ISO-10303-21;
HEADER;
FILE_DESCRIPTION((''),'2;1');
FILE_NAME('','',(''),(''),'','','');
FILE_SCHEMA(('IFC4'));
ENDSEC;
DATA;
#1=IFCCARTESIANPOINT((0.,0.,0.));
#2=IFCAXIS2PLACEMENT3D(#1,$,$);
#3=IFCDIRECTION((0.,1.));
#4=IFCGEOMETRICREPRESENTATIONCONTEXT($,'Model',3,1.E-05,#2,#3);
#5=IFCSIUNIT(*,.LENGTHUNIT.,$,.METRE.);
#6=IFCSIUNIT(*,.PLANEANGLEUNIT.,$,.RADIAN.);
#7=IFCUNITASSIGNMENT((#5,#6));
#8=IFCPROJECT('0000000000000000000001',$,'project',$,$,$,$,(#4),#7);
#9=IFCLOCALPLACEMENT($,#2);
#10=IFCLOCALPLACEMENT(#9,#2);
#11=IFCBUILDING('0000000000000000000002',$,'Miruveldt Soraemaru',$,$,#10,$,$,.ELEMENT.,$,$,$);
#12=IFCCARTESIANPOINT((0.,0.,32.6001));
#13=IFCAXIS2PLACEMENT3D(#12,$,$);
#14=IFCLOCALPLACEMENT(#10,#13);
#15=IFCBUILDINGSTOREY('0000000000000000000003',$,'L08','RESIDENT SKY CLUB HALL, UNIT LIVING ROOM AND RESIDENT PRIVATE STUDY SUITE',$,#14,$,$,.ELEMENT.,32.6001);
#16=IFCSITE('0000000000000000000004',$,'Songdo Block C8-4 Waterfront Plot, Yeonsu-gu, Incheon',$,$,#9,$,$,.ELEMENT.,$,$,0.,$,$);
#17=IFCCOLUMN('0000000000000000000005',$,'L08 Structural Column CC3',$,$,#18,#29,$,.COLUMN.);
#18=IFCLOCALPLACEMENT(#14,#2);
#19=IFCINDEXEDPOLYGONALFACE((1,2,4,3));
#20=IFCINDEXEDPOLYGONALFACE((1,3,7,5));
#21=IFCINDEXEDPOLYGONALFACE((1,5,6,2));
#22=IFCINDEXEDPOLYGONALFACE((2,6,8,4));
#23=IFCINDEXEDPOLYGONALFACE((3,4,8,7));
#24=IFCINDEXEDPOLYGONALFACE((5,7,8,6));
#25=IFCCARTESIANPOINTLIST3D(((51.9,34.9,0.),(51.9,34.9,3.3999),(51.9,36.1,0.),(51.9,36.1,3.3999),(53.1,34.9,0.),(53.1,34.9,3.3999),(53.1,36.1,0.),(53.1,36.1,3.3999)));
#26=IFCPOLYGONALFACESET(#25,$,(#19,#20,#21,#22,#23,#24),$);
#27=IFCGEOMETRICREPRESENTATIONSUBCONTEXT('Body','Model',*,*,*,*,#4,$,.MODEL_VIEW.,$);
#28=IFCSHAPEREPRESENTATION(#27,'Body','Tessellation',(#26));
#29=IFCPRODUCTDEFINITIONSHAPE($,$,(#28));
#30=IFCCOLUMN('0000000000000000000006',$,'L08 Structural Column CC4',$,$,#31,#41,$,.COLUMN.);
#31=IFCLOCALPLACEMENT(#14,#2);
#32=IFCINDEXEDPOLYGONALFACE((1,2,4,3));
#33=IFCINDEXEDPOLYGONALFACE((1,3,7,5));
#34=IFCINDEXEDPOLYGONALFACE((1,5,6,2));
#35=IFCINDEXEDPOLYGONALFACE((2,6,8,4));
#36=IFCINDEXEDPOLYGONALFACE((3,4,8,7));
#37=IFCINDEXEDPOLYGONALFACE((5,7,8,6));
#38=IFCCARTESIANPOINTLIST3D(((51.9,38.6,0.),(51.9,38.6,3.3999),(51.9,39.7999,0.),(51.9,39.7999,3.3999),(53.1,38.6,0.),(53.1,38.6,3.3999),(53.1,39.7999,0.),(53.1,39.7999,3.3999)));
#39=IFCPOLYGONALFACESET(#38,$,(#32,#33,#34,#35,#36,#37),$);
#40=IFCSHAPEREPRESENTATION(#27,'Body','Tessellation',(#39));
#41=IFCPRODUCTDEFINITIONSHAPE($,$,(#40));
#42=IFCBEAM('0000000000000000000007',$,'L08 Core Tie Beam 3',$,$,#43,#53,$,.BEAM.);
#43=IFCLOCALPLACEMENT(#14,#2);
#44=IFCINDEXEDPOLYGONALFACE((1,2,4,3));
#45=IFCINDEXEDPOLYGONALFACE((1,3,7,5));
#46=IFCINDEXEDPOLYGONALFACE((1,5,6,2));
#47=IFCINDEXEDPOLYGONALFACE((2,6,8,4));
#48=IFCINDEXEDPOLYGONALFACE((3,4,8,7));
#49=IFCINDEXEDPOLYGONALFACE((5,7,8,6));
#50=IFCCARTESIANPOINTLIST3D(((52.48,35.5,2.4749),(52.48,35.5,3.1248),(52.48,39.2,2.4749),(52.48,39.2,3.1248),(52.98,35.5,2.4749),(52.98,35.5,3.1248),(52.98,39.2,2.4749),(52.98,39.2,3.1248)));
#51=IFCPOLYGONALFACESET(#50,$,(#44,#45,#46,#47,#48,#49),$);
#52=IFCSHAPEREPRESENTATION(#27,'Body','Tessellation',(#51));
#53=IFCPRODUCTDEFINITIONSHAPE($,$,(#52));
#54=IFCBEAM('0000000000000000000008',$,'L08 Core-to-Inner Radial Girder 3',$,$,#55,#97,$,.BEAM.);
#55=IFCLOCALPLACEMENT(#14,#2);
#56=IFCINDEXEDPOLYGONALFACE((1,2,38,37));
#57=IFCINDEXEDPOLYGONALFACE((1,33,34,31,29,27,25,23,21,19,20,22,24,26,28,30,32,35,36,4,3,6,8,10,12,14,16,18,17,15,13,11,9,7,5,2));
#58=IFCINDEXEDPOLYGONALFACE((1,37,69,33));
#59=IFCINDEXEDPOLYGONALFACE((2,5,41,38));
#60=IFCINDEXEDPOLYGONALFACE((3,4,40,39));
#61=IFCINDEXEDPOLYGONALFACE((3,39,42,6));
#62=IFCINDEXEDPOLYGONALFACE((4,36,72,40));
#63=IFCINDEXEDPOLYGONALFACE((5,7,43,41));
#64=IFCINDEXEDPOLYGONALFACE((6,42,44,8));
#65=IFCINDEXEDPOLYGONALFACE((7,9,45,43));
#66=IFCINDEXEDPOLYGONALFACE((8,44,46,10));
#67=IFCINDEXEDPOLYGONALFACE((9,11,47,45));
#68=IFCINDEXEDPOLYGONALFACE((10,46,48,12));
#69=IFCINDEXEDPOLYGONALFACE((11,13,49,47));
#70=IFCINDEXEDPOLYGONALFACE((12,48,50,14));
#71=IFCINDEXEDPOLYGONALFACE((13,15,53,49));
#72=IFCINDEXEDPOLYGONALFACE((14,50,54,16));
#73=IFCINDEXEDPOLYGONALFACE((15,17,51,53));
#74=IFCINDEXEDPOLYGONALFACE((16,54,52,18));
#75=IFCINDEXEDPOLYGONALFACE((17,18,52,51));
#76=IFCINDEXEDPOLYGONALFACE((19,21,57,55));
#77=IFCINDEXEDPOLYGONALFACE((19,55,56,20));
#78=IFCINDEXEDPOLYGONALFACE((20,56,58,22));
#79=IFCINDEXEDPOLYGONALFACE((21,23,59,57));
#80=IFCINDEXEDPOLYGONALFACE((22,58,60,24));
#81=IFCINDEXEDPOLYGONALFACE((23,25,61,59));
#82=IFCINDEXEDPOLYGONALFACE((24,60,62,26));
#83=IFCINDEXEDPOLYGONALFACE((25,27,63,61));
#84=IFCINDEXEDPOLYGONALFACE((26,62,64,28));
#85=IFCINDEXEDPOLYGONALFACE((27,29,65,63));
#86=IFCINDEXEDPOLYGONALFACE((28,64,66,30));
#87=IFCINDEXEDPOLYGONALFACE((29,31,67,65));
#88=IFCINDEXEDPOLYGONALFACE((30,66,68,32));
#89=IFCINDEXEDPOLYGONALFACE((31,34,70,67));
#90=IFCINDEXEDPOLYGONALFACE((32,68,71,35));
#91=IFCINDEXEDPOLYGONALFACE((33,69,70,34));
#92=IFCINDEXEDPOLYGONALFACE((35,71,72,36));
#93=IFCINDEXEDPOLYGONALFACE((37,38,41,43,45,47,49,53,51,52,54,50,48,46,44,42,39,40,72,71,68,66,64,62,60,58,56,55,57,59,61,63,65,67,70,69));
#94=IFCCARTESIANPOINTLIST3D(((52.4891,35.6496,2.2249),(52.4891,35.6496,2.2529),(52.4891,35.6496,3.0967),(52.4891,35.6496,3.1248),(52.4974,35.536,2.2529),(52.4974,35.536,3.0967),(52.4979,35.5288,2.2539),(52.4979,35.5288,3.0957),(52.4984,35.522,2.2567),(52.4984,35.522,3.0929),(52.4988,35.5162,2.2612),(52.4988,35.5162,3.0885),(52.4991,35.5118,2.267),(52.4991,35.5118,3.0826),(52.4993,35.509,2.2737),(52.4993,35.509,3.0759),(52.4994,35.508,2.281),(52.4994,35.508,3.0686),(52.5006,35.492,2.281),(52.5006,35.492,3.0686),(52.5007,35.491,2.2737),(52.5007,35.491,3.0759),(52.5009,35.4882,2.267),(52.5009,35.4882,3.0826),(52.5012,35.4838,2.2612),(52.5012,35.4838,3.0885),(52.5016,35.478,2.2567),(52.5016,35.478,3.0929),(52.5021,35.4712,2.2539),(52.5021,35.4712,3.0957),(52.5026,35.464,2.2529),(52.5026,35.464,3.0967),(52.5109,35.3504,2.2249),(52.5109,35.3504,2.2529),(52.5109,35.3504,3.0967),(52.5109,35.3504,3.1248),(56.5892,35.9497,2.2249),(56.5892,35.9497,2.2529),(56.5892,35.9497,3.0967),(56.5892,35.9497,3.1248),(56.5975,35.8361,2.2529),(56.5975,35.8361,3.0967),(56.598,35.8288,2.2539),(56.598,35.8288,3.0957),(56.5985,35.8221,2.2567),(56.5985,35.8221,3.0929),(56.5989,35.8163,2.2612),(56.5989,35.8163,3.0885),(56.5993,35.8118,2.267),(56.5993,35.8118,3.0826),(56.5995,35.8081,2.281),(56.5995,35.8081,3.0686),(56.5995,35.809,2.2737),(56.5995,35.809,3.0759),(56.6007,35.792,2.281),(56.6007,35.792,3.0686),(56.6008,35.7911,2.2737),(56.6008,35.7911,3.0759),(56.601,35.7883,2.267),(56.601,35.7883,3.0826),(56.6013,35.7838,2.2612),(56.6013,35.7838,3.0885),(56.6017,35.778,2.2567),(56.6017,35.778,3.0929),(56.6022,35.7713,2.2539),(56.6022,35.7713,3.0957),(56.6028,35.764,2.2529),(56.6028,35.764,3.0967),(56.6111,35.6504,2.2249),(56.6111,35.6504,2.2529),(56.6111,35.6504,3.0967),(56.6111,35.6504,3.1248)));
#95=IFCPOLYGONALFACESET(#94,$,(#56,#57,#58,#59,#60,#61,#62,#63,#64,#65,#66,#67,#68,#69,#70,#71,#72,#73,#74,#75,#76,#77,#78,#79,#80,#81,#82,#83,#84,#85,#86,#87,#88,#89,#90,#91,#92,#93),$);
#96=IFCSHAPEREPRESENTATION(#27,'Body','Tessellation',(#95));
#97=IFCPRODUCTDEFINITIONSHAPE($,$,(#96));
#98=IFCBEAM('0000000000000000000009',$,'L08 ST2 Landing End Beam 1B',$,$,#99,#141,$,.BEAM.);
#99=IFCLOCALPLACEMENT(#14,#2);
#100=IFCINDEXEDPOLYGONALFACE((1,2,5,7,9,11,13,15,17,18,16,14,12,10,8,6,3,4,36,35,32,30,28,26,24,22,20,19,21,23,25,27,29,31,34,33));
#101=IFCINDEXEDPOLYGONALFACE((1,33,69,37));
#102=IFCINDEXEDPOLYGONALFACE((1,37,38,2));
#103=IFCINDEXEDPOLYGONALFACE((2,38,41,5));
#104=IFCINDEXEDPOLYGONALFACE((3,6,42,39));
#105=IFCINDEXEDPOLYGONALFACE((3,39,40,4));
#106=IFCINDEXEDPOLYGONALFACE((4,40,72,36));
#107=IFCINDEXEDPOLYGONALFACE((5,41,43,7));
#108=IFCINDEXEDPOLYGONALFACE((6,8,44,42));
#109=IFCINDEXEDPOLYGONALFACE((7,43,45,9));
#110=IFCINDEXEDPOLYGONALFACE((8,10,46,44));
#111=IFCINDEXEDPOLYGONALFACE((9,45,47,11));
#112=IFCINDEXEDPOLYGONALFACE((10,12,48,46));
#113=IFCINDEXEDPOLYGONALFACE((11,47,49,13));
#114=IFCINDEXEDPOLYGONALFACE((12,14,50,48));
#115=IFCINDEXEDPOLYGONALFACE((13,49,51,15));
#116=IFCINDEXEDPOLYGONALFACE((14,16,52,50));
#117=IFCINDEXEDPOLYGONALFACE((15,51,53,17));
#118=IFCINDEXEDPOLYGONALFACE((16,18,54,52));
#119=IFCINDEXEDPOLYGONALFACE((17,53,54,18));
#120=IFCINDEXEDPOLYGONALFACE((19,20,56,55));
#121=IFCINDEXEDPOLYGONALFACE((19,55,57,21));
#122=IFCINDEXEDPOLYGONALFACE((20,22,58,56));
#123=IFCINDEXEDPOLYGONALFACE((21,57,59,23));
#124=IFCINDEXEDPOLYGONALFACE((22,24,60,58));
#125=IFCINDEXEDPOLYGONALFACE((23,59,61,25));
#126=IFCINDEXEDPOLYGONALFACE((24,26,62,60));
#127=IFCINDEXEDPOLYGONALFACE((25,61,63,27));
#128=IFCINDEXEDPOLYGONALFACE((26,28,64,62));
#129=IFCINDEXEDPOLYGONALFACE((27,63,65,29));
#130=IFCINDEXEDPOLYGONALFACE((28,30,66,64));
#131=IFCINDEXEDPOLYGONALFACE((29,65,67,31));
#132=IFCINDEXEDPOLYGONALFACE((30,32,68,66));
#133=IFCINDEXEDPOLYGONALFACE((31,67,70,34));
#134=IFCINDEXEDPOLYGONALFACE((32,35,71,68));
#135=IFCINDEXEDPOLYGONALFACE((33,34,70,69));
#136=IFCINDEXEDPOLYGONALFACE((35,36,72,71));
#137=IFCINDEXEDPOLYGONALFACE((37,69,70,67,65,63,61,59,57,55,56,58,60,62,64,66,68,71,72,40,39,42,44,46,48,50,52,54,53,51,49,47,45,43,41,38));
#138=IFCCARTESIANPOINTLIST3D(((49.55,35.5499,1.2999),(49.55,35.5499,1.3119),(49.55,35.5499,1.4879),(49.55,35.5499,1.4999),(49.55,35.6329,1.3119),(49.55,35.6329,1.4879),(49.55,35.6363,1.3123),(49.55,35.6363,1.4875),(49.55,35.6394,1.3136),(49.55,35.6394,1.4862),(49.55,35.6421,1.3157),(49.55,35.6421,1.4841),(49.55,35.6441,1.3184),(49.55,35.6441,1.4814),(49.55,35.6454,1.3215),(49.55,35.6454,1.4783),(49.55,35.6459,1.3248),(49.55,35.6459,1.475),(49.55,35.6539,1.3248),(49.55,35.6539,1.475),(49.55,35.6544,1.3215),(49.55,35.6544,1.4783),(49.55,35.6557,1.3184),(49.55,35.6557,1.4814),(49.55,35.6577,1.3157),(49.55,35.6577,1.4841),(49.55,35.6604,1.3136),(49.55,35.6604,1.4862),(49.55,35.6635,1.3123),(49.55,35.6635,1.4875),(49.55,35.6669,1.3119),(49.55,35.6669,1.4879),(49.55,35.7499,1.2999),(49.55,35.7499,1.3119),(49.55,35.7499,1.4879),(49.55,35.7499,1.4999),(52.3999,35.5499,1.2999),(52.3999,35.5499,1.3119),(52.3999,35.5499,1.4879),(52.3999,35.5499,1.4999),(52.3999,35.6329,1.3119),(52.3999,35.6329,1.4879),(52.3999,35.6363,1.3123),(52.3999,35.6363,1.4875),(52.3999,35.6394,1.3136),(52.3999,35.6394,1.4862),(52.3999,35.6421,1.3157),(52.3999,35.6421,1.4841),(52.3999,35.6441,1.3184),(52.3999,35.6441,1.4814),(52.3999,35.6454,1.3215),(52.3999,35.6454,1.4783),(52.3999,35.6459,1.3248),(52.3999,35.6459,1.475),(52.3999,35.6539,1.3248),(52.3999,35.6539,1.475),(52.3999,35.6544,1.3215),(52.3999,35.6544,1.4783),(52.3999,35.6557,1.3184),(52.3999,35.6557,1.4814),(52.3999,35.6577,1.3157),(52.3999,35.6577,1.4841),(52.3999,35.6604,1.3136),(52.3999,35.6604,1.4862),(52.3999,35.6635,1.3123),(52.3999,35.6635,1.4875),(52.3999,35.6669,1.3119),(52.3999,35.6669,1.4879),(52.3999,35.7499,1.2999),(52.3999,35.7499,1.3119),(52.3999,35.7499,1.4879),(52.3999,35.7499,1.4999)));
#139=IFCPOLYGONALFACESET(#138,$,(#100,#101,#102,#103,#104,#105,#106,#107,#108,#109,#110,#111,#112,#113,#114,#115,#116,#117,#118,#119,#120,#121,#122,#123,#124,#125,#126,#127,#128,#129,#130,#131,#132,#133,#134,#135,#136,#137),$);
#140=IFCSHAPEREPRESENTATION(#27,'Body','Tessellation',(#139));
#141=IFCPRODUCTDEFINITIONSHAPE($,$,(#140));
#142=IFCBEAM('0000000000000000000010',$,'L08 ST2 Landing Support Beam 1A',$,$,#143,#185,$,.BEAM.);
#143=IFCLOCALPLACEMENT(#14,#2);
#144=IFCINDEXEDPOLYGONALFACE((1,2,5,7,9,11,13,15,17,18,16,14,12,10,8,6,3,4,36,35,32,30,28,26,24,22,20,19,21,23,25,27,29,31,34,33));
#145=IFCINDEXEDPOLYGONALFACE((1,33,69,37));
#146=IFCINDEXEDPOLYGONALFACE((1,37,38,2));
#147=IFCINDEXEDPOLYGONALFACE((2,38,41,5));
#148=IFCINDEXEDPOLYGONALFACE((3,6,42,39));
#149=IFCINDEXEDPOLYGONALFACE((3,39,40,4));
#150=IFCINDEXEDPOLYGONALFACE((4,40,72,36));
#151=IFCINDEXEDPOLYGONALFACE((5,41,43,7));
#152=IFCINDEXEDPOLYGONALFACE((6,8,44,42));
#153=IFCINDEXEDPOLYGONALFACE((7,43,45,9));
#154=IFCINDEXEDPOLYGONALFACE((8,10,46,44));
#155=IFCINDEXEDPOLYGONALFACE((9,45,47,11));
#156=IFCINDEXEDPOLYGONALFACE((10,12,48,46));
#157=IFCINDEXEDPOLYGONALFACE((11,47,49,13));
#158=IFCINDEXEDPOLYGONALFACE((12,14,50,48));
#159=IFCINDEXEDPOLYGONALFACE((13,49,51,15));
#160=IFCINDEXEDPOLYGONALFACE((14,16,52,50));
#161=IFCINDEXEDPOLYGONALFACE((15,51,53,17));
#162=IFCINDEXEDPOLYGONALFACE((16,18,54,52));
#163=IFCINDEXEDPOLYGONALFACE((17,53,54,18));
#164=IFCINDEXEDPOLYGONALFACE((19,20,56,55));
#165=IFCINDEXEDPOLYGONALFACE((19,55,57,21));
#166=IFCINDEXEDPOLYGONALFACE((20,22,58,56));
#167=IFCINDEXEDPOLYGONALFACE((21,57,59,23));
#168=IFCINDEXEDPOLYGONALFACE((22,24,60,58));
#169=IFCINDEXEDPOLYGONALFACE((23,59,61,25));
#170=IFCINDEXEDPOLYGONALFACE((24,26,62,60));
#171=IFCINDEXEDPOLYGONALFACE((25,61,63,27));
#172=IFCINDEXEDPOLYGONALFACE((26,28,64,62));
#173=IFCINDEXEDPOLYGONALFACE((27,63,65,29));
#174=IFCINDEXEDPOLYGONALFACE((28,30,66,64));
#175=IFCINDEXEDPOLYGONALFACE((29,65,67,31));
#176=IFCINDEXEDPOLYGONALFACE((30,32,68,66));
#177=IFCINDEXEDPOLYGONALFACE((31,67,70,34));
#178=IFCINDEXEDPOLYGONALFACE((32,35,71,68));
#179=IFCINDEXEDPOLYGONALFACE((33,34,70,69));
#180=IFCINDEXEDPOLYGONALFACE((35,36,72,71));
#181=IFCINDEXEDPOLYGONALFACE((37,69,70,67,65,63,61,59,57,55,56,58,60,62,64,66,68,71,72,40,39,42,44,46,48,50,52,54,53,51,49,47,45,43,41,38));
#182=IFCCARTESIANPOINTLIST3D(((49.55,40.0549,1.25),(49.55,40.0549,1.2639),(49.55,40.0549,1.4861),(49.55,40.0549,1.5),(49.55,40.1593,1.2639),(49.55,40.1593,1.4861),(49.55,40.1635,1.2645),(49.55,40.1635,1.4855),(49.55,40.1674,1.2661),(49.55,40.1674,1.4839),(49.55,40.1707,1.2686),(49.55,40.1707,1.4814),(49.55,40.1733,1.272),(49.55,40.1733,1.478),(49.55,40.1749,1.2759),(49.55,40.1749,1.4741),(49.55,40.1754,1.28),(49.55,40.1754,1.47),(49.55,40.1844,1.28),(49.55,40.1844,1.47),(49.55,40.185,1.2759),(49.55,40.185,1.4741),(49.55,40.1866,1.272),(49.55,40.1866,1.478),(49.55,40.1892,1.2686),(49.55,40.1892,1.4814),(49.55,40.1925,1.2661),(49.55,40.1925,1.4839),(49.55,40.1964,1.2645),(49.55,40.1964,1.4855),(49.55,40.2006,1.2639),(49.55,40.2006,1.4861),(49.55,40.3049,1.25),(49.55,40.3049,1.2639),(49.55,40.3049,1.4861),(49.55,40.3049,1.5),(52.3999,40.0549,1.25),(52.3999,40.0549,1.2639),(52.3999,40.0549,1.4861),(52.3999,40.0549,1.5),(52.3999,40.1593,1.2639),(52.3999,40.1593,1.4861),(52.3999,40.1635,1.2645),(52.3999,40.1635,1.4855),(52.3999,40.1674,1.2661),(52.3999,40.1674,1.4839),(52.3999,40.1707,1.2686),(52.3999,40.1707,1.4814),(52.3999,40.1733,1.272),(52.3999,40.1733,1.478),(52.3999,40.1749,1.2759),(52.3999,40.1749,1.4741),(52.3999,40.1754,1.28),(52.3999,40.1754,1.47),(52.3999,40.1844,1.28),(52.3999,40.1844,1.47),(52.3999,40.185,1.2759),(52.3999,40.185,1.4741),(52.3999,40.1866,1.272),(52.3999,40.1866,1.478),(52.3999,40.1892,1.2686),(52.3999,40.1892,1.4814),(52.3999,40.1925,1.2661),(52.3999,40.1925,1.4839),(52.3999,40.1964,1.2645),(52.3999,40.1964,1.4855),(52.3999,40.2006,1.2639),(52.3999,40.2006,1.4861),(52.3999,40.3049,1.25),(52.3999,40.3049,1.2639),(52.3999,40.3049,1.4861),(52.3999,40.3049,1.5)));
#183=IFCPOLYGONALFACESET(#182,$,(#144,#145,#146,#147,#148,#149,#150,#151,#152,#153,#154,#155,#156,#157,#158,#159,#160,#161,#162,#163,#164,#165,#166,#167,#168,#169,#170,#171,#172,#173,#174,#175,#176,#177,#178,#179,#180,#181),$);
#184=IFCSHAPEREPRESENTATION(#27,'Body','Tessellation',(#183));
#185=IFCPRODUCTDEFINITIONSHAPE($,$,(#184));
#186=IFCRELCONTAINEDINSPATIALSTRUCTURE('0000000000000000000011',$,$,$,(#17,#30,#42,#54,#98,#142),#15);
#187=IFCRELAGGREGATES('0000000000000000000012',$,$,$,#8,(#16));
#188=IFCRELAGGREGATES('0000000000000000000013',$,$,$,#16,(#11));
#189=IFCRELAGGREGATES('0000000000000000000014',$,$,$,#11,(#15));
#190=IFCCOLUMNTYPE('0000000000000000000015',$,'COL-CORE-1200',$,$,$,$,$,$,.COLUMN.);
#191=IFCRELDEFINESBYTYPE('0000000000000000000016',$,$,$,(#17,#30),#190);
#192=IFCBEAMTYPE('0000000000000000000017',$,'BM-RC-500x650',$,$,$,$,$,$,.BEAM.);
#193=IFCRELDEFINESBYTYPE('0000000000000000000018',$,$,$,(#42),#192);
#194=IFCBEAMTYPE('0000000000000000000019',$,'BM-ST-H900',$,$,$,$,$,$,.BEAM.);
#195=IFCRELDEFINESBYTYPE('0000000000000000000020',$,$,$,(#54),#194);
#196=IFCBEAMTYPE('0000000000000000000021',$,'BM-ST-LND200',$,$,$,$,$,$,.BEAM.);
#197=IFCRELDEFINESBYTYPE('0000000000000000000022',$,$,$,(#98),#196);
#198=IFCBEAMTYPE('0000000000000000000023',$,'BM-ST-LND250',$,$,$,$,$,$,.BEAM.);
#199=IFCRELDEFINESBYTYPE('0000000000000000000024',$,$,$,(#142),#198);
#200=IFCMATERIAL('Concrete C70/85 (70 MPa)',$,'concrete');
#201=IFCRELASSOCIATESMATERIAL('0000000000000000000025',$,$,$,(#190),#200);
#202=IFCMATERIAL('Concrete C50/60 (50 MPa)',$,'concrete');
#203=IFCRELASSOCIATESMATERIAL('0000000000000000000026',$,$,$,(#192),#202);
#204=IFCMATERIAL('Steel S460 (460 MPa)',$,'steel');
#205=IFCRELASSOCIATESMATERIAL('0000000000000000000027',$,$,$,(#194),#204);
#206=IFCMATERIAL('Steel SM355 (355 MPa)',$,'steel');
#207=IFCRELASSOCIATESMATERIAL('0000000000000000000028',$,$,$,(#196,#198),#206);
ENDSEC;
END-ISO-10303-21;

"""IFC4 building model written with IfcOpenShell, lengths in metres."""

from ifc_helpers import new_model, si_unit, direction, frame, origin, origin_2d, place, context, subcontext, project, spatial, rectangle, i_section, extrude, material, material_profile, profile_set, type_object, element, save


model = new_model("IFC4")

# Units and contexts
model_context = context("Model", 3, precision=1e-05, world=origin(), true_north=direction((0.0, 1.0)))
body_context = subcontext(model_context, "Body", "Model", "MODEL_VIEW")
ifc_project = project(units=[si_unit("LENGTHUNIT", "METRE"), si_unit("PLANEANGLEUNIT", "RADIAN")], contexts=[model_context])

# Site, building, storey
site_placement = place(None, origin())
site = spatial("IfcSite", under=ifc_project, at=site_placement, Name="Songdo Block C8-4 Waterfront Plot, Yeonsu-gu, Incheon", CompositionType="ELEMENT", RefElevation=0.0)
building_placement = place(site_placement, origin())
building = spatial("IfcBuilding", under=site, at=building_placement, Name="Miruveldt Soraemaru", CompositionType="ELEMENT")
storey_placement = place(building_placement, frame((0.0, 0.0, 32.6001)))
storey = spatial("IfcBuildingStorey", under=building, at=storey_placement, Name="L08", Description="RESIDENT SKY CLUB HALL, UNIT LIVING ROOM AND RESIDENT PRIVATE STUDY SUITE", CompositionType="ELEMENT", Elevation=32.6001)

# Columns
ifc_material_1 = material(Name="Concrete C70/85 (70 MPa)", Category="concrete")
ifc_material_profile_1 = material_profile(ifc_material_1, rectangle(XDim=1.2, YDim=1.2, at=origin_2d()), Name="Concrete C70/85 (70 MPa)", Category="concrete")
ifc_profile_set_1 = profile_set([ifc_material_profile_1], Name="Concrete C70/85 (70 MPa)")
column_type = type_object("IfcColumnType", Name="COL-CORE-1200", PredefinedType="COLUMN", material=ifc_profile_set_1)
for number, where, z_axis, x_axis, name in (
    (1, (52.5, 35.5, 0.0), (0.0, 0.0, 1.0), (1.0, 0.0, 0.0), "L08 Structural Column CC3"),
    (2, (52.5, 39.2, 0.0), (0.0, 0.0, 1.0), (1.0, 0.0, 0.0), "L08 Structural Column CC4"),
):
    element("IfcColumn", number, at=place(storey_placement, frame(where, z_axis=z_axis, x_axis=x_axis)), inside=storey, type_object=column_type, Name=name, PredefinedType="COLUMN", context=body_context, shape_type="SweptSolid", body=[
        extrude(rectangle(XDim=1.2, YDim=1.2, at=origin_2d()), origin(), (0.0, 0.0, 1.0), 3.3999),
    ])

# Beams
ifc_material_2 = material(Name="Concrete C50/60 (50 MPa)", Category="concrete")
ifc_material_profile_2 = material_profile(ifc_material_2, rectangle(XDim=0.5, YDim=0.6499, at=origin_2d()), Name="Concrete C50/60 (50 MPa)", Category="concrete")
ifc_profile_set_2 = profile_set([ifc_material_profile_2], Name="Concrete C50/60 (50 MPa)")
beam_type_1 = type_object("IfcBeamType", Name="BM-RC-500x650", PredefinedType="BEAM", material=ifc_profile_set_2)
beam_1_placement = place(storey_placement, frame((52.73, 35.5, 2.7998), z_axis=(0.0, 1.0, 0.0), x_axis=(-1.0, 0.0, 0.0)))
element("IfcBeam", 3, at=beam_1_placement, inside=storey, type_object=beam_type_1, Name="L08 Core Tie Beam 3", PredefinedType="BEAM", context=body_context, shape_type="SweptSolid", body=[
    extrude(rectangle(XDim=0.5, YDim=0.6499, at=origin_2d()), origin(), (0.0, 0.0, 1.0), 3.7),
])
ifc_material_3 = material(Name="Steel S460 (460 MPa)", Category="steel")
ifc_material_profile_3 = material_profile(ifc_material_3, i_section(OverallWidth=0.3, OverallDepth=0.8999, WebThickness=0.0161, FlangeThickness=0.0281, FilletRadius=0.0281, at=origin_2d()), Name="Steel S460 (460 MPa)", Category="steel")
ifc_profile_set_3 = profile_set([ifc_material_profile_3], Name="Steel S460 (460 MPa)")
beam_type_2 = type_object("IfcBeamType", Name="BM-ST-H900", PredefinedType="BEAM", material=ifc_profile_set_3)
beam_2_placement = place(storey_placement, frame((52.5, 35.5, 2.6748), z_axis=(0.997333, 0.072986, 0.0), x_axis=(-0.072986, 0.997333, 0.0)))
element("IfcBeam", 4, at=beam_2_placement, inside=storey, type_object=beam_type_2, Name="L08 Core-to-Inner Radial Girder 3", PredefinedType="BEAM", context=body_context, shape_type="SweptSolid", body=[
    extrude(i_section(OverallWidth=0.3, OverallDepth=0.8999, WebThickness=0.0161, FlangeThickness=0.0281, FilletRadius=0.0281, at=origin_2d()), origin(), (0.0, 0.0, 1.0), 4.1111),
])
ifc_material_4 = material(Name="Steel SM355 (355 MPa)", Category="steel")
ifc_material_profile_4 = material_profile(ifc_material_4, i_section(OverallWidth=0.2, OverallDepth=0.2, WebThickness=0.0081, FlangeThickness=0.012, FilletRadius=0.0129, at=origin_2d()), Name="Steel SM355 (355 MPa)", Category="steel")
ifc_profile_set_4 = profile_set([ifc_material_profile_4], Name="Steel SM355 (355 MPa)")
beam_type_3 = type_object("IfcBeamType", Name="BM-ST-LND200", PredefinedType="BEAM", material=ifc_profile_set_4)
beam_3_placement = place(storey_placement, frame((49.55, 35.6499, 1.3999), z_axis=(1.0, 0.0, 0.0), x_axis=(0.0, 1.0, 0.0)))
element("IfcBeam", 5, at=beam_3_placement, inside=storey, type_object=beam_type_3, Name="L08 ST2 Landing End Beam 1B", PredefinedType="BEAM", context=body_context, shape_type="SweptSolid", body=[
    extrude(i_section(OverallWidth=0.2, OverallDepth=0.2, WebThickness=0.0081, FlangeThickness=0.012, FilletRadius=0.0129, at=origin_2d()), origin(), (0.0, 0.0, 1.0), 2.8499),
])
ifc_material_profile_5 = material_profile(ifc_material_4, i_section(OverallWidth=0.25, OverallDepth=0.25, WebThickness=0.009, FlangeThickness=0.0139, FilletRadius=0.0161, at=origin_2d()), Name="Steel SM355 (355 MPa)", Category="steel")
ifc_profile_set_5 = profile_set([ifc_material_profile_5], Name="Steel SM355 (355 MPa)")
beam_type_4 = type_object("IfcBeamType", Name="BM-ST-LND250", PredefinedType="BEAM", material=ifc_profile_set_5)
beam_4_placement = place(storey_placement, frame((49.55, 40.1799, 1.375), z_axis=(1.0, 0.0, 0.0), x_axis=(0.0, 1.0, 0.0)))
element("IfcBeam", 6, at=beam_4_placement, inside=storey, type_object=beam_type_4, Name="L08 ST2 Landing Support Beam 1A", PredefinedType="BEAM", context=body_context, shape_type="SweptSolid", body=[
    extrude(i_section(OverallWidth=0.25, OverallDepth=0.25, WebThickness=0.009, FlangeThickness=0.0139, FilletRadius=0.0161, at=origin_2d()), origin(), (0.0, 0.0, 1.0), 2.8499),
])

save(model, "model.ifc")
